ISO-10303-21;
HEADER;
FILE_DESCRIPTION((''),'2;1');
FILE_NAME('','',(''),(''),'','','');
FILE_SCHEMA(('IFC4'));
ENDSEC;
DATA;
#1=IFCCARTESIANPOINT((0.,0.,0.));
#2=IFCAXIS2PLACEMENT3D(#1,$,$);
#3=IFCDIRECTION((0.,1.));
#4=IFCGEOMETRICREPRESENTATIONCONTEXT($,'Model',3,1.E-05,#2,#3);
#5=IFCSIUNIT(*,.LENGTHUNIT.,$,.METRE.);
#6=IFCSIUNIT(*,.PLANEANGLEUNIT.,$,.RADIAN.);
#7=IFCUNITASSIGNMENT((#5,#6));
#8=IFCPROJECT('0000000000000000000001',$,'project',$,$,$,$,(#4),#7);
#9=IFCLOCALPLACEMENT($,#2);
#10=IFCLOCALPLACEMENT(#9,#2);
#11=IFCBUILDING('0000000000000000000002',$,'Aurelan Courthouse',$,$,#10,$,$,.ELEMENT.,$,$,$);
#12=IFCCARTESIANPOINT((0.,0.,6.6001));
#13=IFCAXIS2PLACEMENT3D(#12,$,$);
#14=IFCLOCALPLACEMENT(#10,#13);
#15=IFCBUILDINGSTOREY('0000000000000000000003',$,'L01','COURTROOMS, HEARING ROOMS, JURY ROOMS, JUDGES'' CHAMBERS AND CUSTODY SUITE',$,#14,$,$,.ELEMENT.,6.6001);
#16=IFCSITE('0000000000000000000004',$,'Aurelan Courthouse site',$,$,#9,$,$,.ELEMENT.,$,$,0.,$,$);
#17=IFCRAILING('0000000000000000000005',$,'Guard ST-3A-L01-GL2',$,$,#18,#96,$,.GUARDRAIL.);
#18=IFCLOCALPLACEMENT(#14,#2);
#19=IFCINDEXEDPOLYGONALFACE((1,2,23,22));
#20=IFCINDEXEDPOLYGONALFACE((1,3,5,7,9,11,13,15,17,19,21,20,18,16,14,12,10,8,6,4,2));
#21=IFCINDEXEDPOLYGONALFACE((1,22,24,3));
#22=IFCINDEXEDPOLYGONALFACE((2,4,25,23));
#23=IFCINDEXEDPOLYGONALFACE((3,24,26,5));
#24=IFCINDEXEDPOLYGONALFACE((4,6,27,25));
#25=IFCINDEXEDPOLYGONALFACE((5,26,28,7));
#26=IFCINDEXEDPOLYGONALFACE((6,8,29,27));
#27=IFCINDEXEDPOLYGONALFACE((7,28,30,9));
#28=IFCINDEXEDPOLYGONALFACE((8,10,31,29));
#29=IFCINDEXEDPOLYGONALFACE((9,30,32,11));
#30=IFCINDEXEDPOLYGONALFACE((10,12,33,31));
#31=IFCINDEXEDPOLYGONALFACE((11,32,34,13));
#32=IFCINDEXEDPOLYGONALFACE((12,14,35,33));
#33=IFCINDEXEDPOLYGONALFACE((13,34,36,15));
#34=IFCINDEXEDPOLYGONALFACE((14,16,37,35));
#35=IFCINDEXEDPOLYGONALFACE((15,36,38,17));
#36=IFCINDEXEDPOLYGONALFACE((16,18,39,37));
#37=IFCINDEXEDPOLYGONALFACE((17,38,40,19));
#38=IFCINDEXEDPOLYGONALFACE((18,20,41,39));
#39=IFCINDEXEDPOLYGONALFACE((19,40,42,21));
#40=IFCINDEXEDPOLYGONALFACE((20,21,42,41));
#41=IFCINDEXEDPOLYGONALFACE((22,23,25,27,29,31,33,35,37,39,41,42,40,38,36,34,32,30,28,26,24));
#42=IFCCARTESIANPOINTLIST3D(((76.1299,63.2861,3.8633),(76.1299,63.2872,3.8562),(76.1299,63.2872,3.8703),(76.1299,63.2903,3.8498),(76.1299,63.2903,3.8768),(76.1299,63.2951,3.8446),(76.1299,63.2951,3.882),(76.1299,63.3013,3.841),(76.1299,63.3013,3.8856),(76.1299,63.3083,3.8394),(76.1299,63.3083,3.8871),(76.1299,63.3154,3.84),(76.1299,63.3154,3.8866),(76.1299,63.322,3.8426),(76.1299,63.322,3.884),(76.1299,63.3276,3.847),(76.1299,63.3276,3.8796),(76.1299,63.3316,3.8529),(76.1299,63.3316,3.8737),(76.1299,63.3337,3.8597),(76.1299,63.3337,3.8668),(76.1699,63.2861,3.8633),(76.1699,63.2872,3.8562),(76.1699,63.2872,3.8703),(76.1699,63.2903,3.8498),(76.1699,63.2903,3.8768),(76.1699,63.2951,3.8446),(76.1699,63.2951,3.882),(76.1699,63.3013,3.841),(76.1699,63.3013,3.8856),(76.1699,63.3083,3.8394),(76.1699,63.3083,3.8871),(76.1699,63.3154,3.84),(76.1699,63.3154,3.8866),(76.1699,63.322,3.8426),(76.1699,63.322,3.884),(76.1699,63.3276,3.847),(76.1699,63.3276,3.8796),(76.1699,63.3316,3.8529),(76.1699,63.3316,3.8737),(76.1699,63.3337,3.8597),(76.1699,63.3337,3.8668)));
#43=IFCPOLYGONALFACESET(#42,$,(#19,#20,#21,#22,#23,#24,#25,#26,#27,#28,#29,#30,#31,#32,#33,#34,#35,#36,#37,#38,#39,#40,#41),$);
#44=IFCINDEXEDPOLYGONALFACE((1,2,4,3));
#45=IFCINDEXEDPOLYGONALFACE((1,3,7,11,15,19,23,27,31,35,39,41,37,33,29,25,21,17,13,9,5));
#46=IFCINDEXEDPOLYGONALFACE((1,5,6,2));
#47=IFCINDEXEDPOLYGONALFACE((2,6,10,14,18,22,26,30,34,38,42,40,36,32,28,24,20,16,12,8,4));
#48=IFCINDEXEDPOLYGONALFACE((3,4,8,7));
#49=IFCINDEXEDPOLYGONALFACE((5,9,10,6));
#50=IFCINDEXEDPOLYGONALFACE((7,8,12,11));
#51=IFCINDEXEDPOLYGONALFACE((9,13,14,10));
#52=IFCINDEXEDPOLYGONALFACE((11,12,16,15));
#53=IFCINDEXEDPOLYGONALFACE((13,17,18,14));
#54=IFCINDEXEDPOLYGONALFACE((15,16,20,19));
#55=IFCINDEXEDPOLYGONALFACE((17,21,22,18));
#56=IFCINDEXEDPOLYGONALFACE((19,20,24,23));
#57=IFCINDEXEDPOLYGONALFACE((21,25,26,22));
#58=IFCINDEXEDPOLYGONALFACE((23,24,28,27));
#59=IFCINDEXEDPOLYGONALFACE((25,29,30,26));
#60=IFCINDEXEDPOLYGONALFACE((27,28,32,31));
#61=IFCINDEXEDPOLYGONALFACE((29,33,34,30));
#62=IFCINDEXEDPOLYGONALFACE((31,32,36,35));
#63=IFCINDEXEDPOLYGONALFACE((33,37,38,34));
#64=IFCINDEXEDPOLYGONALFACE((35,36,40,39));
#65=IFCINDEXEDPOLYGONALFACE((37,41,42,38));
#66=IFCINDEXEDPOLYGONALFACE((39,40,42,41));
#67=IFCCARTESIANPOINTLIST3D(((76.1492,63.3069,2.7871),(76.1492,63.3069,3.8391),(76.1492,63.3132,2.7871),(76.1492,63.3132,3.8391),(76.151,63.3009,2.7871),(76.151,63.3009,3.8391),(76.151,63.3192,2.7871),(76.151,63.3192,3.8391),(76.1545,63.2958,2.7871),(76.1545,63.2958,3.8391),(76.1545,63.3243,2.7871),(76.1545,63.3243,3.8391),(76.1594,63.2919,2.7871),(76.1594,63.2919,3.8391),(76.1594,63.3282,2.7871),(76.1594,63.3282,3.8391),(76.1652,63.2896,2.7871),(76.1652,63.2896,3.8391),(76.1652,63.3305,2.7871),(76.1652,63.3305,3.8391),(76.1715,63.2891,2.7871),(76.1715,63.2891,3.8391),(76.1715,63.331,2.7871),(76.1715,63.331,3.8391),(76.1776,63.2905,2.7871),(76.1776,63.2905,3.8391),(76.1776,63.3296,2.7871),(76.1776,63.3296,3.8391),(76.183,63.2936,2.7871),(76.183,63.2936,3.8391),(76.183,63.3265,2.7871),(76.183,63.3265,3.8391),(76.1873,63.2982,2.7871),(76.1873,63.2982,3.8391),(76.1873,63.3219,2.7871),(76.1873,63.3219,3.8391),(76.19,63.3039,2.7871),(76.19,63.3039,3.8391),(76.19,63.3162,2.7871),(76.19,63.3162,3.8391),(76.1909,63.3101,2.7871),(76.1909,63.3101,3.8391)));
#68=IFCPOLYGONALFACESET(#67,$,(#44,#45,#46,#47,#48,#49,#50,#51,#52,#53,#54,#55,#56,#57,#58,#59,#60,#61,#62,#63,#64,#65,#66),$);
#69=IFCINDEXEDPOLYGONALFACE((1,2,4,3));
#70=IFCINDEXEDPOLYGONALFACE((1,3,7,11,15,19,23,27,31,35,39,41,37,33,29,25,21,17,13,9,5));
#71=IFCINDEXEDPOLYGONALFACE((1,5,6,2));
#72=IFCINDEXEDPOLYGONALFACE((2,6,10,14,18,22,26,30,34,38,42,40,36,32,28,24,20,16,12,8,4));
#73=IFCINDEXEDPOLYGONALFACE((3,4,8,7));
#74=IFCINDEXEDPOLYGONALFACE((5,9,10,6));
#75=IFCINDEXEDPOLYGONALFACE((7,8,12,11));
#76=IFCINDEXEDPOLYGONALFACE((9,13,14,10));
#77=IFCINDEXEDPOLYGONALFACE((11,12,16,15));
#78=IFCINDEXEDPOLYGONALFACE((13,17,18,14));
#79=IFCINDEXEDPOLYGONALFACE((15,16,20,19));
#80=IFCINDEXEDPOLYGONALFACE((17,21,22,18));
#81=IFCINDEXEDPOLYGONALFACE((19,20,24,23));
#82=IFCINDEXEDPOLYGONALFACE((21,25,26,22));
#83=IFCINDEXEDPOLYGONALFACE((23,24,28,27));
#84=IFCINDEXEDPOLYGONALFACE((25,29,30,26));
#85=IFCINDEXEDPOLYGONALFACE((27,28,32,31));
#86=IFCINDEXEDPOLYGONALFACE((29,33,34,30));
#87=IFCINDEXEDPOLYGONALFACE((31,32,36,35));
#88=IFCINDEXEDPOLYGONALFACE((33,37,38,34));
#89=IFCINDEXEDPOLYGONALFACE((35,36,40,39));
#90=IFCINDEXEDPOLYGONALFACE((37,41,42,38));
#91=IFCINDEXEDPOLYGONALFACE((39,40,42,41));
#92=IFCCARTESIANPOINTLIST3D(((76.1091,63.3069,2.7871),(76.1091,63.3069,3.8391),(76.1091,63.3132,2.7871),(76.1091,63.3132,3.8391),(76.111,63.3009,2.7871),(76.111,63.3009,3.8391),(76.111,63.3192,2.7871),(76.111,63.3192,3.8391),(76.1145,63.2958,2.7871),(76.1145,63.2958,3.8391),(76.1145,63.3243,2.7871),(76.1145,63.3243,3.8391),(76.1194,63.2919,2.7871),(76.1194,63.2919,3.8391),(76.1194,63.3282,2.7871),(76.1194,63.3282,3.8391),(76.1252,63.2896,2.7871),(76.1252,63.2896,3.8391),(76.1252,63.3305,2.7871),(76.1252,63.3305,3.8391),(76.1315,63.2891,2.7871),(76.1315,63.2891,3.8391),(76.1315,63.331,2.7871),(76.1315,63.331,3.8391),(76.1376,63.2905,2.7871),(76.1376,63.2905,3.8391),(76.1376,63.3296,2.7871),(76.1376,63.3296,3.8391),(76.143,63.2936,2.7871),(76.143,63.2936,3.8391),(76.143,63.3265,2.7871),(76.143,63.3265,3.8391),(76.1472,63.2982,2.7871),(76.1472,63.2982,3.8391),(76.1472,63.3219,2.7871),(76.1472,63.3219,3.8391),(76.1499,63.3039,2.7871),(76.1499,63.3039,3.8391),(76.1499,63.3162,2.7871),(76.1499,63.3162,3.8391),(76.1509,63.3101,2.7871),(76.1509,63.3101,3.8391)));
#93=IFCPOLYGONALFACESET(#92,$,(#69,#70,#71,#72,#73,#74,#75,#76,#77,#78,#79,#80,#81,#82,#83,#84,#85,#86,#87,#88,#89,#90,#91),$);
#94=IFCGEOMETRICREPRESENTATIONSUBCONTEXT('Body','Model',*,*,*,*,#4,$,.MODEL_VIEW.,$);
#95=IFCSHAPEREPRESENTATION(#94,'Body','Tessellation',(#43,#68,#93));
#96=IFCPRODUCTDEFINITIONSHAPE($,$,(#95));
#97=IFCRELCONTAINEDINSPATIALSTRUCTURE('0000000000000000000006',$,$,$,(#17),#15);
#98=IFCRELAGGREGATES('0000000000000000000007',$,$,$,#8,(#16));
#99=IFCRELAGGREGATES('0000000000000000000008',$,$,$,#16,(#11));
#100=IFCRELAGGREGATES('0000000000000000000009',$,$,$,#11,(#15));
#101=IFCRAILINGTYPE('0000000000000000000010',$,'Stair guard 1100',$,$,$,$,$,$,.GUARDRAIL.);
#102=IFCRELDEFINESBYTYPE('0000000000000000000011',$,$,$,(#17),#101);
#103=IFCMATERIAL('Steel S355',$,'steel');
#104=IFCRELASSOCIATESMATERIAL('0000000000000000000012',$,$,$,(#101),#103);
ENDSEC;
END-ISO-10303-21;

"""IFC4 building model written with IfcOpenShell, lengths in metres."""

from ifc_helpers import new_model, si_unit, direction, frame, origin, origin_2d, place, context, subcontext, project, spatial, circle, extrude, material, type_object, element, save


model = new_model("IFC4")

# Units and contexts
model_context = context("Model", 3, precision=1e-05, world=origin(), true_north=direction((0.0, 1.0)))
body_context = subcontext(model_context, "Body", "Model", "MODEL_VIEW")
ifc_project = project(units=[si_unit("LENGTHUNIT", "METRE"), si_unit("PLANEANGLEUNIT", "RADIAN")], contexts=[model_context])

# Site, building, storey
site_placement = place(None, origin())
site = spatial("IfcSite", under=ifc_project, at=site_placement, Name="Aurelan Courthouse site", CompositionType="ELEMENT", RefElevation=0.0)
building_placement = place(site_placement, origin())
building = spatial("IfcBuilding", under=site, at=building_placement, Name="Aurelan Courthouse", CompositionType="ELEMENT")
storey_placement = place(building_placement, frame((0.0, 0.0, 6.6001)))
storey = spatial("IfcBuildingStorey", under=building, at=storey_placement, Name="L01", Description="COURTROOMS, HEARING ROOMS, JURY ROOMS, JUDGES' CHAMBERS AND CUSTODY SUITE", CompositionType="ELEMENT", Elevation=6.6001)

# Railing
ifc_material_1 = material(Name="Steel S355", Category="steel")
railing_type_1 = type_object("IfcRailingType", Name="Stair guard 1100", PredefinedType="GUARDRAIL", material=ifc_material_1)
railing_1_placement = place(storey_placement, frame((76.1699, 63.3101, 2.7871)))
element("IfcRailing", 1, at=railing_1_placement, inside=storey, type_object=railing_type_1, Name="Guard ST-3A-L01-GL2", PredefinedType="GUARDRAIL", context=body_context, shape_type="SweptSolid", body=[
    extrude(circle(Radius=0.0239, at=origin_2d()), frame((0.0, 0.0, 1.0762), z_axis=(-1.0, 0.0, 0.0), x_axis=(0.0, -1.0, 0.0)), (0.0, 0.0, 1.0), 0.04),
    extrude(circle(Radius=0.021, at=origin_2d()), origin(), (0.0, 0.0, 1.0), 1.052),
    extrude(circle(Radius=0.021, at=origin_2d()), frame((-0.04, 0.0, 0.0)), (0.0, 0.0, 1.0), 1.052),
])

save(model, "model.ifc")
